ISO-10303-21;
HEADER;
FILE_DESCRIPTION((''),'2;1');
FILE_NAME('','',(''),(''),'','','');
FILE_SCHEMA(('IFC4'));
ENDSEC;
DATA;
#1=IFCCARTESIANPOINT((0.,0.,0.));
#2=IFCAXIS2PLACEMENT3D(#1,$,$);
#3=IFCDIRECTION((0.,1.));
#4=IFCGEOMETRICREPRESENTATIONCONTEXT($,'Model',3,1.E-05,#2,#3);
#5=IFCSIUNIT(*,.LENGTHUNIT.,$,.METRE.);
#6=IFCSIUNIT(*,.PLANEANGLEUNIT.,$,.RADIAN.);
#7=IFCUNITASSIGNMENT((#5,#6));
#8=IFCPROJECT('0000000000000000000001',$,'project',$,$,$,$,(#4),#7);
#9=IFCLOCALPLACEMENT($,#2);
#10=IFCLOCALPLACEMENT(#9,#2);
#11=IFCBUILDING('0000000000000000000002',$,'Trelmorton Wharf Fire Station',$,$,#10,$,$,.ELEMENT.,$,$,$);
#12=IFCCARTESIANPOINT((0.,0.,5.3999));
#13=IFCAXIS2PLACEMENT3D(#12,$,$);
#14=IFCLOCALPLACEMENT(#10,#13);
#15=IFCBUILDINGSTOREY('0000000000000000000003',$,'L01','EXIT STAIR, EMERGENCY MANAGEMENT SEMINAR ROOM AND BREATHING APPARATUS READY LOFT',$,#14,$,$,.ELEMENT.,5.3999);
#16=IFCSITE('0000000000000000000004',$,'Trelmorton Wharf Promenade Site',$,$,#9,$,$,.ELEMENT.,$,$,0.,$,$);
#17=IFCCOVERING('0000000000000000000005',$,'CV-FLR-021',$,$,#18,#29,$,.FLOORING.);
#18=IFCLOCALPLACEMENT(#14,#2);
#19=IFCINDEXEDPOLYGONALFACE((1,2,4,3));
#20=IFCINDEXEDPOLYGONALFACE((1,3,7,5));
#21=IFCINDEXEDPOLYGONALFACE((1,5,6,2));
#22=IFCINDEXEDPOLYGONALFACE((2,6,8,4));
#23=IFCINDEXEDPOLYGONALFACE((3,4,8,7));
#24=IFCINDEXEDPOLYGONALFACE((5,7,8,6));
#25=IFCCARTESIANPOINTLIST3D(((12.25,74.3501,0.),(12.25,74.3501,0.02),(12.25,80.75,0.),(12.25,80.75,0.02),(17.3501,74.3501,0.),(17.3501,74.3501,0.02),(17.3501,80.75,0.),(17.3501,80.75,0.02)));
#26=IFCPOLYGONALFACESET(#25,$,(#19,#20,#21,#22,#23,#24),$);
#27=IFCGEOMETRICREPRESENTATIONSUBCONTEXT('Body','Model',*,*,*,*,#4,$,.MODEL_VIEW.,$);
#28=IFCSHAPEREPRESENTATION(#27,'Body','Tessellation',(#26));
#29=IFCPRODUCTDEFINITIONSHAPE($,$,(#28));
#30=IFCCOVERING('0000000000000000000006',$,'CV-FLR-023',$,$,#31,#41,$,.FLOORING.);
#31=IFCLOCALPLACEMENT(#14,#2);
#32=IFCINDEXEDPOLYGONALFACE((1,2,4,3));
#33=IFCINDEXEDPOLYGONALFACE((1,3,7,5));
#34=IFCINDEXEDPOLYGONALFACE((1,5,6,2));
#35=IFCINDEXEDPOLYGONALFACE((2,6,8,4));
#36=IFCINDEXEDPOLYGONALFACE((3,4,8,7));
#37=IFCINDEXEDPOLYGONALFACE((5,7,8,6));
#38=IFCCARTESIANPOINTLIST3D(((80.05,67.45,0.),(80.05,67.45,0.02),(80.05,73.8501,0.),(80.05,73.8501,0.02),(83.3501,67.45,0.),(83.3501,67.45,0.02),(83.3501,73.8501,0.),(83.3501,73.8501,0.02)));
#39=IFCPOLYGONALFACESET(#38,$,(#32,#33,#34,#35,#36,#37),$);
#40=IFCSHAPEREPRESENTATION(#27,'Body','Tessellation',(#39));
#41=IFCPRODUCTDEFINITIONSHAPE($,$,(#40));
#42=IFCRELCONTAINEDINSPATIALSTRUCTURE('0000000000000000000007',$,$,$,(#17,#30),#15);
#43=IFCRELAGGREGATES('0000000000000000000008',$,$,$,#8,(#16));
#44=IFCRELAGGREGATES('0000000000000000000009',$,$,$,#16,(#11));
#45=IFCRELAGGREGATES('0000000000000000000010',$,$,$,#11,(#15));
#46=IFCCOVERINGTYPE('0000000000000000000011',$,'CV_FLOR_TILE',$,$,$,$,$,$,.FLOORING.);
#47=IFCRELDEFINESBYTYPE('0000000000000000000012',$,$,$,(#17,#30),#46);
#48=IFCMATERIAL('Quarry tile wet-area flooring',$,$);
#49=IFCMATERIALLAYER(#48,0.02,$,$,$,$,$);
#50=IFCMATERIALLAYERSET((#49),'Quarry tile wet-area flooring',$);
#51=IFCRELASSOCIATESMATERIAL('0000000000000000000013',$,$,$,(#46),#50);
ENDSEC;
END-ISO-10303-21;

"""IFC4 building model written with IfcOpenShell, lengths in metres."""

from ifc_helpers import new_model, si_unit, direction, frame, origin, place, context, subcontext, project, spatial, polyline, outline, extrude, material, layer, layer_set, type_object, element, save


model = new_model("IFC4")

# Units and contexts
model_context = context("Model", 3, precision=1e-05, world=origin(), true_north=direction((0.0, 1.0)))
body_context = subcontext(model_context, "Body", "Model", "MODEL_VIEW")
ifc_project = project(units=[si_unit("LENGTHUNIT", "METRE"), si_unit("PLANEANGLEUNIT", "RADIAN")], contexts=[model_context])

# Site, building, storey
site_placement = place(None, origin())
site = spatial("IfcSite", under=ifc_project, at=site_placement, Name="Trelmorton Wharf Promenade Site", CompositionType="ELEMENT", RefElevation=0.0)
building_placement = place(site_placement, origin())
building = spatial("IfcBuilding", under=site, at=building_placement, Name="Trelmorton Wharf Fire Station", CompositionType="ELEMENT")
storey_placement = place(building_placement, frame((0.0, 0.0, 5.3999)))
storey = spatial("IfcBuildingStorey", under=building, at=storey_placement, Name="L01", Description="EXIT STAIR, EMERGENCY MANAGEMENT SEMINAR ROOM AND BREATHING APPARATUS READY LOFT", CompositionType="ELEMENT", Elevation=5.3999)

# Coverings
ifc_material_1 = material(Name="Quarry tile wet-area flooring")
ifc_layer_1 = layer(ifc_material_1, 0.02)
ifc_layer_set_1 = layer_set([ifc_layer_1], Name="Quarry tile wet-area flooring")
covering_type_1 = type_object("IfcCoveringType", Name="CV_FLOR_TILE", PredefinedType="FLOORING", material=ifc_layer_set_1)
covering_1_placement = place(storey_placement, origin())
element("IfcCovering", 1, at=covering_1_placement, inside=storey, type_object=covering_type_1, Name="CV-FLR-021", PredefinedType="FLOORING", context=body_context, shape_type="SweptSolid", body=[
    extrude(outline(polyline([(17.3501, 74.3501), (17.3501, 80.75), (12.25, 80.75), (12.25, 74.3501), (17.3501, 74.3501)])), origin(), (0.0, 0.0, 1.0), 0.02),
])
covering_2_placement = place(storey_placement, origin())
element("IfcCovering", 2, at=covering_2_placement, inside=storey, type_object=covering_type_1, Name="CV-FLR-023", PredefinedType="FLOORING", context=body_context, shape_type="SweptSolid", body=[
    extrude(outline(polyline([(83.3501, 67.45), (83.3501, 73.8501), (80.05, 73.8501), (80.05, 67.45), (83.3501, 67.45)])), origin(), (0.0, 0.0, 1.0), 0.02),
])

save(model, "model.ifc")
